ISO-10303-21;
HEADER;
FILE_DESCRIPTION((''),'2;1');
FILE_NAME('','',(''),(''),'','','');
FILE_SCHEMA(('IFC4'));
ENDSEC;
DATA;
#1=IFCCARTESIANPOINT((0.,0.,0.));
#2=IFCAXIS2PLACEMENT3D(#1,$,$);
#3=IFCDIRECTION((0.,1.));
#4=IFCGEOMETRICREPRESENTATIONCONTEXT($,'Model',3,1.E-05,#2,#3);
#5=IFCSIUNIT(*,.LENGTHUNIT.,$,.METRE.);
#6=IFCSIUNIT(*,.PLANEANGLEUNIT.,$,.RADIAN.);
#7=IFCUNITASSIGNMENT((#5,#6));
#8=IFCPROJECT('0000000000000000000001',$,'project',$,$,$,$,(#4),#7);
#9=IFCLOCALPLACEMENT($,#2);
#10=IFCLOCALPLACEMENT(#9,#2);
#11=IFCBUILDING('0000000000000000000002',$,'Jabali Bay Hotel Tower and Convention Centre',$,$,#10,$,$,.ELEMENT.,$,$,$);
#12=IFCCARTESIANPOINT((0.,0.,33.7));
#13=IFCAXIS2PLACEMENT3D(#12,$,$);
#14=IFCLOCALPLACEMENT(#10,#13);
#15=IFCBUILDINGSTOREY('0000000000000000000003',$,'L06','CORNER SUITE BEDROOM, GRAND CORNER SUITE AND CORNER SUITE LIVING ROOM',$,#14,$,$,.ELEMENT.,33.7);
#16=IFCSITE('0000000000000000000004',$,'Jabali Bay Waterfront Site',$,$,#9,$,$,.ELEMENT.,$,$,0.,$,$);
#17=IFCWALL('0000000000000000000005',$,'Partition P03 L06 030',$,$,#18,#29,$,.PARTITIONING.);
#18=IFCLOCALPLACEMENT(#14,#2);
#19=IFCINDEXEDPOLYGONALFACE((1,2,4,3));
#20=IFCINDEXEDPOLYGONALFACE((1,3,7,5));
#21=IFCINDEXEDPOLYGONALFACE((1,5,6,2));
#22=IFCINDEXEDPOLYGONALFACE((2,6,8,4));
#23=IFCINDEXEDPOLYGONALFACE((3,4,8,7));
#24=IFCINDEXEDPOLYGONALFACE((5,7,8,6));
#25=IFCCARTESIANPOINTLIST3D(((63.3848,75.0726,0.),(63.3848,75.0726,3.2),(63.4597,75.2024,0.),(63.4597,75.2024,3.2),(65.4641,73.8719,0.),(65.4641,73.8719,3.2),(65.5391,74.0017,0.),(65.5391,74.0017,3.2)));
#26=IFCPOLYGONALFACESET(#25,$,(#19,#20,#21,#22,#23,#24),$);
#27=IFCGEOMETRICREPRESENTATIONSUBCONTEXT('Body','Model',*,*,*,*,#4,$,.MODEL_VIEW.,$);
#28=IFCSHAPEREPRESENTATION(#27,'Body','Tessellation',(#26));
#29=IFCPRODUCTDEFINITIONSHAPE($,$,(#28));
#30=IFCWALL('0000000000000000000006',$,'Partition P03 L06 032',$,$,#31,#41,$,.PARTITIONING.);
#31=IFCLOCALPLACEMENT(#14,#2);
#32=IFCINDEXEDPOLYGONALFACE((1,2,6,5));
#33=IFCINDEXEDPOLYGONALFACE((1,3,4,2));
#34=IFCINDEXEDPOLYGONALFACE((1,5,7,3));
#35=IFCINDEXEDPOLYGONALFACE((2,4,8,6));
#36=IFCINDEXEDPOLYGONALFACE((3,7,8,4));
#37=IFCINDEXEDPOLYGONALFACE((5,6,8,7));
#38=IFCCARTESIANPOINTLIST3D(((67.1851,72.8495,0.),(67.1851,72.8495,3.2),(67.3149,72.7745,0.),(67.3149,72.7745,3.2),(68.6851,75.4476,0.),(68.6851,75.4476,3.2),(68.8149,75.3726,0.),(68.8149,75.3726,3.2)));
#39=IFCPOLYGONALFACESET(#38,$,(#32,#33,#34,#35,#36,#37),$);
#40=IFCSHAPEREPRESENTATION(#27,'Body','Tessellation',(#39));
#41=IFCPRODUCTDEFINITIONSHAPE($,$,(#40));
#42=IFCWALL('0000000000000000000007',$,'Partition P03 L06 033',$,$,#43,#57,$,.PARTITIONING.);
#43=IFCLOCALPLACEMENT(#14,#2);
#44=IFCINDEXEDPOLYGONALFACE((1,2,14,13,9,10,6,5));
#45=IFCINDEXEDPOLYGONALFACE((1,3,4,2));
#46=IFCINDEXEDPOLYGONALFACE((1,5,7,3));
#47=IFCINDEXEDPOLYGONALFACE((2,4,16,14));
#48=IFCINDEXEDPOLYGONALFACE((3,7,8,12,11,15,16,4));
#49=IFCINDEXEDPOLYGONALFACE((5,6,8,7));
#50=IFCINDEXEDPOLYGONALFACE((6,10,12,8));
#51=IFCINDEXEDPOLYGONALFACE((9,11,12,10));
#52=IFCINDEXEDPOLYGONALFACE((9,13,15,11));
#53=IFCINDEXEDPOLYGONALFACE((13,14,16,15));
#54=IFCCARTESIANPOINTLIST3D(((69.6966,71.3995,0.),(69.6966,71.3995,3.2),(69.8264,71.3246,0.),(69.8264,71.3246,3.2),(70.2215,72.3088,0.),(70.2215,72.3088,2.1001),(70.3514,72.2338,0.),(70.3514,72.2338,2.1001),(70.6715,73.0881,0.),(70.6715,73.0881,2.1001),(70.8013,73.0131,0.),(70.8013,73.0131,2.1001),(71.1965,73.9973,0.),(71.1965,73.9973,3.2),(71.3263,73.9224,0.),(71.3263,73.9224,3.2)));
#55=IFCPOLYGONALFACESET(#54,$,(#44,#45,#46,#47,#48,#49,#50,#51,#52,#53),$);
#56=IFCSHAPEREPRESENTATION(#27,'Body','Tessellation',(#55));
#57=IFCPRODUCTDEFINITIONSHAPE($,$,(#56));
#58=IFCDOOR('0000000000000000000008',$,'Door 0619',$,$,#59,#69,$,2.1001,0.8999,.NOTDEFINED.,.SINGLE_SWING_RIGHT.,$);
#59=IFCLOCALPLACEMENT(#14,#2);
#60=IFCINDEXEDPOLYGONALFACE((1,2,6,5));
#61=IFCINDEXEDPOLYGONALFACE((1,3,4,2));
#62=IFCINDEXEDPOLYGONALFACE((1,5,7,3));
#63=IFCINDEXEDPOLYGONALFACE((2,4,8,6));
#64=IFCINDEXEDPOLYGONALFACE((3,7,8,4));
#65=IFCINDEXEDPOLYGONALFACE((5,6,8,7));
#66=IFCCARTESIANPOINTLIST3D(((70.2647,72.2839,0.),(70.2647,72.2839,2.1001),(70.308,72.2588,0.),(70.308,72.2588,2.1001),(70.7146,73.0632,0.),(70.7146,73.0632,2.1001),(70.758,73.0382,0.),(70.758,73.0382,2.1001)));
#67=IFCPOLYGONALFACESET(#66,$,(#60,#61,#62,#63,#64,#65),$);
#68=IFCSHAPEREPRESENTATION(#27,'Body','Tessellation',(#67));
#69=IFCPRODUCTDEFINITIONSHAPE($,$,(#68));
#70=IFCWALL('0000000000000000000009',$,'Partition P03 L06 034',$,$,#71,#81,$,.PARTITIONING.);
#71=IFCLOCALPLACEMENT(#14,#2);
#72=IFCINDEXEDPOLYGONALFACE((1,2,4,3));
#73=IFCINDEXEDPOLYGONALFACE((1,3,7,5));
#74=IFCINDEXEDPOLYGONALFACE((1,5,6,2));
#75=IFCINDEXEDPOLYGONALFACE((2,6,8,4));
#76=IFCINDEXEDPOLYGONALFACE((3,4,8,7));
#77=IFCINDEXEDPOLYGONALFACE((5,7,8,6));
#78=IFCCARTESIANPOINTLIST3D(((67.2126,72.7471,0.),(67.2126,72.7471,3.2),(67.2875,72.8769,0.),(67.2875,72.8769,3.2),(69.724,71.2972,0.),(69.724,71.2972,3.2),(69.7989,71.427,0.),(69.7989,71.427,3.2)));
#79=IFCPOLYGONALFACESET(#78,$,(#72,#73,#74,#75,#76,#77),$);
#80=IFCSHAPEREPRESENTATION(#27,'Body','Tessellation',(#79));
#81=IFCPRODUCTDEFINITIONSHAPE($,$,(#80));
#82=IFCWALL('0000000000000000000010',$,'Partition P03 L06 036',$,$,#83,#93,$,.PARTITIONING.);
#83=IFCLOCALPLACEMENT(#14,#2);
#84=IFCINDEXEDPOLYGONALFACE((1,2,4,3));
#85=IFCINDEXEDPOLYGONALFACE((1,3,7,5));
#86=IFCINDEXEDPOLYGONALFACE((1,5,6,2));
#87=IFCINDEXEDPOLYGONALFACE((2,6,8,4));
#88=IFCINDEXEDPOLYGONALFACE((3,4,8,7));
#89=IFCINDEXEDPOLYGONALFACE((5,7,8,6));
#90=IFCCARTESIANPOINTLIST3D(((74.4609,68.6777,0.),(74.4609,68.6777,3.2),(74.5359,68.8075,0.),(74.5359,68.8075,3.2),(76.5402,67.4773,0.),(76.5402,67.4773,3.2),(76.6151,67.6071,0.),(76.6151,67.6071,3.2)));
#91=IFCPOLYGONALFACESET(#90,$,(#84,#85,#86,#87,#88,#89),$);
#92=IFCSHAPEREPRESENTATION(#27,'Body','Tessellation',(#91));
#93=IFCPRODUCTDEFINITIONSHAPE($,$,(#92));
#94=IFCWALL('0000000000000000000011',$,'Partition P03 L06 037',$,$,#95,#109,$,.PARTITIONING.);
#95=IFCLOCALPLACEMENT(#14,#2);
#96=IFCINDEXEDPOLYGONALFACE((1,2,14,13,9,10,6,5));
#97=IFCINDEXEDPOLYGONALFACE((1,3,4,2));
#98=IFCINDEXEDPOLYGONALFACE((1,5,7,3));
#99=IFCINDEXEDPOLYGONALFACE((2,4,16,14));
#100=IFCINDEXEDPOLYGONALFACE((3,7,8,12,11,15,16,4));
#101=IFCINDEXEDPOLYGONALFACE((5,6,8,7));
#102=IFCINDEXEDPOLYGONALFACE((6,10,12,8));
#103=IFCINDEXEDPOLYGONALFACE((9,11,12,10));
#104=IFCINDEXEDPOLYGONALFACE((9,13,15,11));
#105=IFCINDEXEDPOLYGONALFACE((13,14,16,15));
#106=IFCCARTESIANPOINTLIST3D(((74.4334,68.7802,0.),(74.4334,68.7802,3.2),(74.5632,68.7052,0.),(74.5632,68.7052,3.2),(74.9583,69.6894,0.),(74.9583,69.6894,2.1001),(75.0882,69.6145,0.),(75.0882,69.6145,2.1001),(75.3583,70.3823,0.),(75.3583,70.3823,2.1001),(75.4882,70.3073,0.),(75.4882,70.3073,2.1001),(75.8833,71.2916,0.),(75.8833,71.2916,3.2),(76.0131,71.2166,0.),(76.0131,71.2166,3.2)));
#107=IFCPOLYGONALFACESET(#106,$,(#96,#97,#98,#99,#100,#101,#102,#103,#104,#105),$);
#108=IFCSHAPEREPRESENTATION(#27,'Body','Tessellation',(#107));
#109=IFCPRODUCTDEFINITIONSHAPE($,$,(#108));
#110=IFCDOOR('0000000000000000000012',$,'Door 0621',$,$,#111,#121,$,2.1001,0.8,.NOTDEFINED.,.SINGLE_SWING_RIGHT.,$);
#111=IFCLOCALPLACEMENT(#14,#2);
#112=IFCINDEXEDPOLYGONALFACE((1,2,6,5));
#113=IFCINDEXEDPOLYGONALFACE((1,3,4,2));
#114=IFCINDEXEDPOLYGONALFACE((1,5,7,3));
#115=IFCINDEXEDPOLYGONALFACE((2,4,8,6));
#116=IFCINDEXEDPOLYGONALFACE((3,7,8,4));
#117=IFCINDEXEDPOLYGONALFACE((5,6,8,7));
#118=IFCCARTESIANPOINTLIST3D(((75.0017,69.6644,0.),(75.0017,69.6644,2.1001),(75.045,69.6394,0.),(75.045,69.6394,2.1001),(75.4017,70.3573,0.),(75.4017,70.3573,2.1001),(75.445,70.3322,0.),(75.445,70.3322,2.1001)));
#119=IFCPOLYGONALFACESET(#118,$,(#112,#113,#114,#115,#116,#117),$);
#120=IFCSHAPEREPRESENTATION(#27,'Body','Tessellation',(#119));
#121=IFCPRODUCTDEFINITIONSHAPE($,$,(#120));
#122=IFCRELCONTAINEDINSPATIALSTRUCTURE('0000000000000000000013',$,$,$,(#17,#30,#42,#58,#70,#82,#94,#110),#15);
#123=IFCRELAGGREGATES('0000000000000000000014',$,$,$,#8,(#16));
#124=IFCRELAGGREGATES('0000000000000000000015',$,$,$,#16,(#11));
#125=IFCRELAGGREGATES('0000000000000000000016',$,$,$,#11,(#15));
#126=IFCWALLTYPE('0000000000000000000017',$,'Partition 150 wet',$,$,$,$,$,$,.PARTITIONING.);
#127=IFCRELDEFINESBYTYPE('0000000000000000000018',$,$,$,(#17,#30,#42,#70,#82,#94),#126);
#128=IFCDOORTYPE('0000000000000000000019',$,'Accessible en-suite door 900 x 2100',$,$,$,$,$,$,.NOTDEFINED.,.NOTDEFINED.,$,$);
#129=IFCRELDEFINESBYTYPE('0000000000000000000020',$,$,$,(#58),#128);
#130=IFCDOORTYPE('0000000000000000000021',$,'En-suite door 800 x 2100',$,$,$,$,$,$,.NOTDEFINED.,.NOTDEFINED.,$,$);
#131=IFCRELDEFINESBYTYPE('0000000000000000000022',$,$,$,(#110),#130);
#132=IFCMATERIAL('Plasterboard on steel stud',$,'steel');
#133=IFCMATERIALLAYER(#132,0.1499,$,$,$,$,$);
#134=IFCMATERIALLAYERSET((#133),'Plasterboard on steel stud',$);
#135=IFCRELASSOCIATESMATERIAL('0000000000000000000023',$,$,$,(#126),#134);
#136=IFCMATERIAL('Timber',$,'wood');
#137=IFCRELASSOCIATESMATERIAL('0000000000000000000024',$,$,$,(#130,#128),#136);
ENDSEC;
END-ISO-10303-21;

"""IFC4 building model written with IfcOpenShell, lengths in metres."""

from ifc_helpers import new_model, si_unit, direction, frame, frame_2d, origin, place, context, subcontext, project, spatial, rectangle, extrude, material, layer, layer_set, type_object, element, fill, save


model = new_model("IFC4")

# Units and contexts
model_context = context("Model", 3, precision=1e-05, world=origin(), true_north=direction((0.0, 1.0)))
body_context = subcontext(model_context, "Body", "Model", "MODEL_VIEW")
ifc_project = project(units=[si_unit("LENGTHUNIT", "METRE"), si_unit("PLANEANGLEUNIT", "RADIAN")], contexts=[model_context])

# Site, building, storey
site_placement = place(None, origin())
site = spatial("IfcSite", under=ifc_project, at=site_placement, Name="Jabali Bay Waterfront Site", CompositionType="ELEMENT", RefElevation=0.0)
building_placement = place(site_placement, origin())
building = spatial("IfcBuilding", under=site, at=building_placement, Name="Jabali Bay Hotel Tower and Convention Centre", CompositionType="ELEMENT")
storey_placement = place(building_placement, frame((0.0, 0.0, 33.7)))
storey = spatial("IfcBuildingStorey", under=building, at=storey_placement, Name="L06", Description="CORNER SUITE BEDROOM, GRAND CORNER SUITE AND CORNER SUITE LIVING ROOM", CompositionType="ELEMENT", Elevation=33.7)

# Shared definitions
ifc_material_1 = material(Name="Timber", Category="wood")

# Shared definitions
ifc_material_2 = material(Name="Plasterboard on steel stud", Category="steel")
ifc_layer_1 = layer(ifc_material_2, 0.1499)
ifc_layer_set_1 = layer_set([ifc_layer_1], Name="Plasterboard on steel stud")
wall_type_1 = type_object("IfcWallType", Name="Partition 150 wet", PredefinedType="PARTITIONING", material=ifc_layer_set_1)
door_type_1 = type_object("IfcDoorType", Name="En-suite door 800 x 2100", OperationType="NOTDEFINED", PredefinedType="NOTDEFINED", material=ifc_material_1)

# Walls
wall_1_placement = place(storey_placement, frame((65.5017, 73.9368, 0.0), z_axis=(0.0, 0.0, 1.0), x_axis=(-0.865994, 0.500054, 0.0)))
element("IfcWall", 1, at=wall_1_placement, inside=storey, type_object=wall_type_1, Name="Partition P03 L06 030", PredefinedType="PARTITIONING", context=body_context, shape_type="SweptSolid", body=[
    extrude(rectangle(XDim=2.4011, YDim=0.1499, at=frame_2d((1.2007, 0.0))), origin(), (0.0, 0.0, 1.0), 3.2),
])
wall_2_placement = place(storey_placement, frame((67.25, 72.812, 0.0), z_axis=(0.0, 0.0, 1.0), x_axis=(0.49999, 0.866031, 0.0)))
element("IfcWall", 2, at=wall_2_placement, inside=storey, type_object=wall_type_1, Name="Partition P03 L06 032", PredefinedType="PARTITIONING", context=body_context, shape_type="SweptSolid", body=[
    extrude(rectangle(XDim=3.0, YDim=0.1499, at=frame_2d((1.5, 0.0))), origin(), (0.0, 0.0, 1.0), 3.2),
])

# Wall, opening, door
wall_3_placement = place(storey_placement, frame((71.2615, 73.96, 0.0), z_axis=(0.0, 0.0, 1.0), x_axis=(-0.500025, -0.866011, 0.0)))
wall_3 = element("IfcWall", 3, at=wall_3_placement, inside=storey, type_object=wall_type_1, Name="Partition P03 L06 033", PredefinedType="PARTITIONING", context=body_context, shape_type="SweptSolid", body=[
    extrude(rectangle(XDim=2.9998, YDim=0.1499, at=frame_2d((1.5, 0.0))), origin(), (0.0, 0.0, 1.0), 3.2),
])
opening_1_placement = place(wall_3_placement, frame((1.05, 0.0, 0.0)))
opening_1 = element("IfcOpeningElement", 4, at=opening_1_placement, cuts=wall_3, PredefinedType="OPENING", context=body_context, shape_type="SweptSolid", body=[
    extrude(rectangle(XDim=0.8999, YDim=2.1001, at=frame_2d((0.45, 1.05))), frame((0.0, 0.0854, 0.0), z_axis=(0.0, -1.0, 0.0), x_axis=(1.0, 0.0, 0.0)), (0.0, 0.0, 1.0), 0.1709),
])
door_type_2 = type_object("IfcDoorType", Name="Accessible en-suite door 900 x 2100", OperationType="NOTDEFINED", PredefinedType="NOTDEFINED", material=ifc_material_1)
door_1_placement = place(opening_1_placement, origin())
door_1 = element("IfcDoor", 5, at=door_1_placement, inside=storey, type_object=door_type_2, Name="Door 0619", OperationType="SINGLE_SWING_RIGHT", OverallHeight=2.1001, OverallWidth=0.8999, PredefinedType="NOTDEFINED", context=body_context, shape_type="SweptSolid", body=[
    extrude(rectangle(XDim=0.8999, YDim=2.1001, at=frame_2d((0.45, 1.05))), frame((0.0, 0.0249, 0.0), z_axis=(0.0, -1.0, 0.0), x_axis=(1.0, 0.0, 0.0)), (0.0, 0.0, 1.0), 0.05),
])
fill(opening_1, door_1)

# Walls
wall_4_placement = place(storey_placement, frame((69.7615, 71.3621, 0.0), z_axis=(0.0, 0.0, 1.0), x_axis=(-0.866033, 0.499987, 0.0)))
element("IfcWall", 6, at=wall_4_placement, inside=storey, type_object=wall_type_1, Name="Partition P03 L06 034", PredefinedType="PARTITIONING", context=body_context, shape_type="SweptSolid", body=[
    extrude(rectangle(XDim=2.8999, YDim=0.1499, at=frame_2d((1.45, 0.0))), origin(), (0.0, 0.0, 1.0), 3.2),
])
wall_5_placement = place(storey_placement, frame((76.5776, 67.5422, 0.0), z_axis=(0.0, 0.0, 1.0), x_axis=(-0.866038, 0.499978, 0.0)))
element("IfcWall", 7, at=wall_5_placement, inside=storey, type_object=wall_type_1, Name="Partition P03 L06 036", PredefinedType="PARTITIONING", context=body_context, shape_type="SweptSolid", body=[
    extrude(rectangle(XDim=2.4009, YDim=0.1499, at=frame_2d((1.2004, 0.0))), origin(), (0.0, 0.0, 1.0), 3.2),
])

# Wall, opening, door
wall_6_placement = place(storey_placement, frame((74.4983, 68.7427, 0.0), z_axis=(0.0, 0.0, 1.0), x_axis=(0.499987, 0.866033, 0.0)))
wall_6 = element("IfcWall", 8, at=wall_6_placement, inside=storey, type_object=wall_type_1, Name="Partition P03 L06 037", PredefinedType="PARTITIONING", context=body_context, shape_type="SweptSolid", body=[
    extrude(rectangle(XDim=2.8999, YDim=0.1499, at=frame_2d((1.45, 0.0))), origin(), (0.0, 0.0, 1.0), 3.2),
])
opening_2_placement = place(wall_6_placement, frame((1.05, 0.0, 0.0)))
opening_2 = element("IfcOpeningElement", 9, at=opening_2_placement, cuts=wall_6, PredefinedType="OPENING", context=body_context, shape_type="SweptSolid", body=[
    extrude(rectangle(XDim=0.8, YDim=2.1001, at=frame_2d((0.3999, 1.05))), frame((0.0, 0.0854, 0.0), z_axis=(0.0, -1.0, 0.0), x_axis=(1.0, 0.0, 0.0)), (0.0, 0.0, 1.0), 0.1709),
])
door_2_placement = place(opening_2_placement, origin())
door_2 = element("IfcDoor", 10, at=door_2_placement, inside=storey, type_object=door_type_1, Name="Door 0621", OperationType="SINGLE_SWING_RIGHT", OverallHeight=2.1001, OverallWidth=0.8, PredefinedType="NOTDEFINED", context=body_context, shape_type="SweptSolid", body=[
    extrude(rectangle(XDim=0.8, YDim=2.1001, at=frame_2d((0.3999, 1.05))), frame((0.0, 0.0249, 0.0), z_axis=(0.0, -1.0, 0.0), x_axis=(1.0, 0.0, 0.0)), (0.0, 0.0, 1.0), 0.05),
])
fill(opening_2, door_2)

save(model, "model.ifc")
